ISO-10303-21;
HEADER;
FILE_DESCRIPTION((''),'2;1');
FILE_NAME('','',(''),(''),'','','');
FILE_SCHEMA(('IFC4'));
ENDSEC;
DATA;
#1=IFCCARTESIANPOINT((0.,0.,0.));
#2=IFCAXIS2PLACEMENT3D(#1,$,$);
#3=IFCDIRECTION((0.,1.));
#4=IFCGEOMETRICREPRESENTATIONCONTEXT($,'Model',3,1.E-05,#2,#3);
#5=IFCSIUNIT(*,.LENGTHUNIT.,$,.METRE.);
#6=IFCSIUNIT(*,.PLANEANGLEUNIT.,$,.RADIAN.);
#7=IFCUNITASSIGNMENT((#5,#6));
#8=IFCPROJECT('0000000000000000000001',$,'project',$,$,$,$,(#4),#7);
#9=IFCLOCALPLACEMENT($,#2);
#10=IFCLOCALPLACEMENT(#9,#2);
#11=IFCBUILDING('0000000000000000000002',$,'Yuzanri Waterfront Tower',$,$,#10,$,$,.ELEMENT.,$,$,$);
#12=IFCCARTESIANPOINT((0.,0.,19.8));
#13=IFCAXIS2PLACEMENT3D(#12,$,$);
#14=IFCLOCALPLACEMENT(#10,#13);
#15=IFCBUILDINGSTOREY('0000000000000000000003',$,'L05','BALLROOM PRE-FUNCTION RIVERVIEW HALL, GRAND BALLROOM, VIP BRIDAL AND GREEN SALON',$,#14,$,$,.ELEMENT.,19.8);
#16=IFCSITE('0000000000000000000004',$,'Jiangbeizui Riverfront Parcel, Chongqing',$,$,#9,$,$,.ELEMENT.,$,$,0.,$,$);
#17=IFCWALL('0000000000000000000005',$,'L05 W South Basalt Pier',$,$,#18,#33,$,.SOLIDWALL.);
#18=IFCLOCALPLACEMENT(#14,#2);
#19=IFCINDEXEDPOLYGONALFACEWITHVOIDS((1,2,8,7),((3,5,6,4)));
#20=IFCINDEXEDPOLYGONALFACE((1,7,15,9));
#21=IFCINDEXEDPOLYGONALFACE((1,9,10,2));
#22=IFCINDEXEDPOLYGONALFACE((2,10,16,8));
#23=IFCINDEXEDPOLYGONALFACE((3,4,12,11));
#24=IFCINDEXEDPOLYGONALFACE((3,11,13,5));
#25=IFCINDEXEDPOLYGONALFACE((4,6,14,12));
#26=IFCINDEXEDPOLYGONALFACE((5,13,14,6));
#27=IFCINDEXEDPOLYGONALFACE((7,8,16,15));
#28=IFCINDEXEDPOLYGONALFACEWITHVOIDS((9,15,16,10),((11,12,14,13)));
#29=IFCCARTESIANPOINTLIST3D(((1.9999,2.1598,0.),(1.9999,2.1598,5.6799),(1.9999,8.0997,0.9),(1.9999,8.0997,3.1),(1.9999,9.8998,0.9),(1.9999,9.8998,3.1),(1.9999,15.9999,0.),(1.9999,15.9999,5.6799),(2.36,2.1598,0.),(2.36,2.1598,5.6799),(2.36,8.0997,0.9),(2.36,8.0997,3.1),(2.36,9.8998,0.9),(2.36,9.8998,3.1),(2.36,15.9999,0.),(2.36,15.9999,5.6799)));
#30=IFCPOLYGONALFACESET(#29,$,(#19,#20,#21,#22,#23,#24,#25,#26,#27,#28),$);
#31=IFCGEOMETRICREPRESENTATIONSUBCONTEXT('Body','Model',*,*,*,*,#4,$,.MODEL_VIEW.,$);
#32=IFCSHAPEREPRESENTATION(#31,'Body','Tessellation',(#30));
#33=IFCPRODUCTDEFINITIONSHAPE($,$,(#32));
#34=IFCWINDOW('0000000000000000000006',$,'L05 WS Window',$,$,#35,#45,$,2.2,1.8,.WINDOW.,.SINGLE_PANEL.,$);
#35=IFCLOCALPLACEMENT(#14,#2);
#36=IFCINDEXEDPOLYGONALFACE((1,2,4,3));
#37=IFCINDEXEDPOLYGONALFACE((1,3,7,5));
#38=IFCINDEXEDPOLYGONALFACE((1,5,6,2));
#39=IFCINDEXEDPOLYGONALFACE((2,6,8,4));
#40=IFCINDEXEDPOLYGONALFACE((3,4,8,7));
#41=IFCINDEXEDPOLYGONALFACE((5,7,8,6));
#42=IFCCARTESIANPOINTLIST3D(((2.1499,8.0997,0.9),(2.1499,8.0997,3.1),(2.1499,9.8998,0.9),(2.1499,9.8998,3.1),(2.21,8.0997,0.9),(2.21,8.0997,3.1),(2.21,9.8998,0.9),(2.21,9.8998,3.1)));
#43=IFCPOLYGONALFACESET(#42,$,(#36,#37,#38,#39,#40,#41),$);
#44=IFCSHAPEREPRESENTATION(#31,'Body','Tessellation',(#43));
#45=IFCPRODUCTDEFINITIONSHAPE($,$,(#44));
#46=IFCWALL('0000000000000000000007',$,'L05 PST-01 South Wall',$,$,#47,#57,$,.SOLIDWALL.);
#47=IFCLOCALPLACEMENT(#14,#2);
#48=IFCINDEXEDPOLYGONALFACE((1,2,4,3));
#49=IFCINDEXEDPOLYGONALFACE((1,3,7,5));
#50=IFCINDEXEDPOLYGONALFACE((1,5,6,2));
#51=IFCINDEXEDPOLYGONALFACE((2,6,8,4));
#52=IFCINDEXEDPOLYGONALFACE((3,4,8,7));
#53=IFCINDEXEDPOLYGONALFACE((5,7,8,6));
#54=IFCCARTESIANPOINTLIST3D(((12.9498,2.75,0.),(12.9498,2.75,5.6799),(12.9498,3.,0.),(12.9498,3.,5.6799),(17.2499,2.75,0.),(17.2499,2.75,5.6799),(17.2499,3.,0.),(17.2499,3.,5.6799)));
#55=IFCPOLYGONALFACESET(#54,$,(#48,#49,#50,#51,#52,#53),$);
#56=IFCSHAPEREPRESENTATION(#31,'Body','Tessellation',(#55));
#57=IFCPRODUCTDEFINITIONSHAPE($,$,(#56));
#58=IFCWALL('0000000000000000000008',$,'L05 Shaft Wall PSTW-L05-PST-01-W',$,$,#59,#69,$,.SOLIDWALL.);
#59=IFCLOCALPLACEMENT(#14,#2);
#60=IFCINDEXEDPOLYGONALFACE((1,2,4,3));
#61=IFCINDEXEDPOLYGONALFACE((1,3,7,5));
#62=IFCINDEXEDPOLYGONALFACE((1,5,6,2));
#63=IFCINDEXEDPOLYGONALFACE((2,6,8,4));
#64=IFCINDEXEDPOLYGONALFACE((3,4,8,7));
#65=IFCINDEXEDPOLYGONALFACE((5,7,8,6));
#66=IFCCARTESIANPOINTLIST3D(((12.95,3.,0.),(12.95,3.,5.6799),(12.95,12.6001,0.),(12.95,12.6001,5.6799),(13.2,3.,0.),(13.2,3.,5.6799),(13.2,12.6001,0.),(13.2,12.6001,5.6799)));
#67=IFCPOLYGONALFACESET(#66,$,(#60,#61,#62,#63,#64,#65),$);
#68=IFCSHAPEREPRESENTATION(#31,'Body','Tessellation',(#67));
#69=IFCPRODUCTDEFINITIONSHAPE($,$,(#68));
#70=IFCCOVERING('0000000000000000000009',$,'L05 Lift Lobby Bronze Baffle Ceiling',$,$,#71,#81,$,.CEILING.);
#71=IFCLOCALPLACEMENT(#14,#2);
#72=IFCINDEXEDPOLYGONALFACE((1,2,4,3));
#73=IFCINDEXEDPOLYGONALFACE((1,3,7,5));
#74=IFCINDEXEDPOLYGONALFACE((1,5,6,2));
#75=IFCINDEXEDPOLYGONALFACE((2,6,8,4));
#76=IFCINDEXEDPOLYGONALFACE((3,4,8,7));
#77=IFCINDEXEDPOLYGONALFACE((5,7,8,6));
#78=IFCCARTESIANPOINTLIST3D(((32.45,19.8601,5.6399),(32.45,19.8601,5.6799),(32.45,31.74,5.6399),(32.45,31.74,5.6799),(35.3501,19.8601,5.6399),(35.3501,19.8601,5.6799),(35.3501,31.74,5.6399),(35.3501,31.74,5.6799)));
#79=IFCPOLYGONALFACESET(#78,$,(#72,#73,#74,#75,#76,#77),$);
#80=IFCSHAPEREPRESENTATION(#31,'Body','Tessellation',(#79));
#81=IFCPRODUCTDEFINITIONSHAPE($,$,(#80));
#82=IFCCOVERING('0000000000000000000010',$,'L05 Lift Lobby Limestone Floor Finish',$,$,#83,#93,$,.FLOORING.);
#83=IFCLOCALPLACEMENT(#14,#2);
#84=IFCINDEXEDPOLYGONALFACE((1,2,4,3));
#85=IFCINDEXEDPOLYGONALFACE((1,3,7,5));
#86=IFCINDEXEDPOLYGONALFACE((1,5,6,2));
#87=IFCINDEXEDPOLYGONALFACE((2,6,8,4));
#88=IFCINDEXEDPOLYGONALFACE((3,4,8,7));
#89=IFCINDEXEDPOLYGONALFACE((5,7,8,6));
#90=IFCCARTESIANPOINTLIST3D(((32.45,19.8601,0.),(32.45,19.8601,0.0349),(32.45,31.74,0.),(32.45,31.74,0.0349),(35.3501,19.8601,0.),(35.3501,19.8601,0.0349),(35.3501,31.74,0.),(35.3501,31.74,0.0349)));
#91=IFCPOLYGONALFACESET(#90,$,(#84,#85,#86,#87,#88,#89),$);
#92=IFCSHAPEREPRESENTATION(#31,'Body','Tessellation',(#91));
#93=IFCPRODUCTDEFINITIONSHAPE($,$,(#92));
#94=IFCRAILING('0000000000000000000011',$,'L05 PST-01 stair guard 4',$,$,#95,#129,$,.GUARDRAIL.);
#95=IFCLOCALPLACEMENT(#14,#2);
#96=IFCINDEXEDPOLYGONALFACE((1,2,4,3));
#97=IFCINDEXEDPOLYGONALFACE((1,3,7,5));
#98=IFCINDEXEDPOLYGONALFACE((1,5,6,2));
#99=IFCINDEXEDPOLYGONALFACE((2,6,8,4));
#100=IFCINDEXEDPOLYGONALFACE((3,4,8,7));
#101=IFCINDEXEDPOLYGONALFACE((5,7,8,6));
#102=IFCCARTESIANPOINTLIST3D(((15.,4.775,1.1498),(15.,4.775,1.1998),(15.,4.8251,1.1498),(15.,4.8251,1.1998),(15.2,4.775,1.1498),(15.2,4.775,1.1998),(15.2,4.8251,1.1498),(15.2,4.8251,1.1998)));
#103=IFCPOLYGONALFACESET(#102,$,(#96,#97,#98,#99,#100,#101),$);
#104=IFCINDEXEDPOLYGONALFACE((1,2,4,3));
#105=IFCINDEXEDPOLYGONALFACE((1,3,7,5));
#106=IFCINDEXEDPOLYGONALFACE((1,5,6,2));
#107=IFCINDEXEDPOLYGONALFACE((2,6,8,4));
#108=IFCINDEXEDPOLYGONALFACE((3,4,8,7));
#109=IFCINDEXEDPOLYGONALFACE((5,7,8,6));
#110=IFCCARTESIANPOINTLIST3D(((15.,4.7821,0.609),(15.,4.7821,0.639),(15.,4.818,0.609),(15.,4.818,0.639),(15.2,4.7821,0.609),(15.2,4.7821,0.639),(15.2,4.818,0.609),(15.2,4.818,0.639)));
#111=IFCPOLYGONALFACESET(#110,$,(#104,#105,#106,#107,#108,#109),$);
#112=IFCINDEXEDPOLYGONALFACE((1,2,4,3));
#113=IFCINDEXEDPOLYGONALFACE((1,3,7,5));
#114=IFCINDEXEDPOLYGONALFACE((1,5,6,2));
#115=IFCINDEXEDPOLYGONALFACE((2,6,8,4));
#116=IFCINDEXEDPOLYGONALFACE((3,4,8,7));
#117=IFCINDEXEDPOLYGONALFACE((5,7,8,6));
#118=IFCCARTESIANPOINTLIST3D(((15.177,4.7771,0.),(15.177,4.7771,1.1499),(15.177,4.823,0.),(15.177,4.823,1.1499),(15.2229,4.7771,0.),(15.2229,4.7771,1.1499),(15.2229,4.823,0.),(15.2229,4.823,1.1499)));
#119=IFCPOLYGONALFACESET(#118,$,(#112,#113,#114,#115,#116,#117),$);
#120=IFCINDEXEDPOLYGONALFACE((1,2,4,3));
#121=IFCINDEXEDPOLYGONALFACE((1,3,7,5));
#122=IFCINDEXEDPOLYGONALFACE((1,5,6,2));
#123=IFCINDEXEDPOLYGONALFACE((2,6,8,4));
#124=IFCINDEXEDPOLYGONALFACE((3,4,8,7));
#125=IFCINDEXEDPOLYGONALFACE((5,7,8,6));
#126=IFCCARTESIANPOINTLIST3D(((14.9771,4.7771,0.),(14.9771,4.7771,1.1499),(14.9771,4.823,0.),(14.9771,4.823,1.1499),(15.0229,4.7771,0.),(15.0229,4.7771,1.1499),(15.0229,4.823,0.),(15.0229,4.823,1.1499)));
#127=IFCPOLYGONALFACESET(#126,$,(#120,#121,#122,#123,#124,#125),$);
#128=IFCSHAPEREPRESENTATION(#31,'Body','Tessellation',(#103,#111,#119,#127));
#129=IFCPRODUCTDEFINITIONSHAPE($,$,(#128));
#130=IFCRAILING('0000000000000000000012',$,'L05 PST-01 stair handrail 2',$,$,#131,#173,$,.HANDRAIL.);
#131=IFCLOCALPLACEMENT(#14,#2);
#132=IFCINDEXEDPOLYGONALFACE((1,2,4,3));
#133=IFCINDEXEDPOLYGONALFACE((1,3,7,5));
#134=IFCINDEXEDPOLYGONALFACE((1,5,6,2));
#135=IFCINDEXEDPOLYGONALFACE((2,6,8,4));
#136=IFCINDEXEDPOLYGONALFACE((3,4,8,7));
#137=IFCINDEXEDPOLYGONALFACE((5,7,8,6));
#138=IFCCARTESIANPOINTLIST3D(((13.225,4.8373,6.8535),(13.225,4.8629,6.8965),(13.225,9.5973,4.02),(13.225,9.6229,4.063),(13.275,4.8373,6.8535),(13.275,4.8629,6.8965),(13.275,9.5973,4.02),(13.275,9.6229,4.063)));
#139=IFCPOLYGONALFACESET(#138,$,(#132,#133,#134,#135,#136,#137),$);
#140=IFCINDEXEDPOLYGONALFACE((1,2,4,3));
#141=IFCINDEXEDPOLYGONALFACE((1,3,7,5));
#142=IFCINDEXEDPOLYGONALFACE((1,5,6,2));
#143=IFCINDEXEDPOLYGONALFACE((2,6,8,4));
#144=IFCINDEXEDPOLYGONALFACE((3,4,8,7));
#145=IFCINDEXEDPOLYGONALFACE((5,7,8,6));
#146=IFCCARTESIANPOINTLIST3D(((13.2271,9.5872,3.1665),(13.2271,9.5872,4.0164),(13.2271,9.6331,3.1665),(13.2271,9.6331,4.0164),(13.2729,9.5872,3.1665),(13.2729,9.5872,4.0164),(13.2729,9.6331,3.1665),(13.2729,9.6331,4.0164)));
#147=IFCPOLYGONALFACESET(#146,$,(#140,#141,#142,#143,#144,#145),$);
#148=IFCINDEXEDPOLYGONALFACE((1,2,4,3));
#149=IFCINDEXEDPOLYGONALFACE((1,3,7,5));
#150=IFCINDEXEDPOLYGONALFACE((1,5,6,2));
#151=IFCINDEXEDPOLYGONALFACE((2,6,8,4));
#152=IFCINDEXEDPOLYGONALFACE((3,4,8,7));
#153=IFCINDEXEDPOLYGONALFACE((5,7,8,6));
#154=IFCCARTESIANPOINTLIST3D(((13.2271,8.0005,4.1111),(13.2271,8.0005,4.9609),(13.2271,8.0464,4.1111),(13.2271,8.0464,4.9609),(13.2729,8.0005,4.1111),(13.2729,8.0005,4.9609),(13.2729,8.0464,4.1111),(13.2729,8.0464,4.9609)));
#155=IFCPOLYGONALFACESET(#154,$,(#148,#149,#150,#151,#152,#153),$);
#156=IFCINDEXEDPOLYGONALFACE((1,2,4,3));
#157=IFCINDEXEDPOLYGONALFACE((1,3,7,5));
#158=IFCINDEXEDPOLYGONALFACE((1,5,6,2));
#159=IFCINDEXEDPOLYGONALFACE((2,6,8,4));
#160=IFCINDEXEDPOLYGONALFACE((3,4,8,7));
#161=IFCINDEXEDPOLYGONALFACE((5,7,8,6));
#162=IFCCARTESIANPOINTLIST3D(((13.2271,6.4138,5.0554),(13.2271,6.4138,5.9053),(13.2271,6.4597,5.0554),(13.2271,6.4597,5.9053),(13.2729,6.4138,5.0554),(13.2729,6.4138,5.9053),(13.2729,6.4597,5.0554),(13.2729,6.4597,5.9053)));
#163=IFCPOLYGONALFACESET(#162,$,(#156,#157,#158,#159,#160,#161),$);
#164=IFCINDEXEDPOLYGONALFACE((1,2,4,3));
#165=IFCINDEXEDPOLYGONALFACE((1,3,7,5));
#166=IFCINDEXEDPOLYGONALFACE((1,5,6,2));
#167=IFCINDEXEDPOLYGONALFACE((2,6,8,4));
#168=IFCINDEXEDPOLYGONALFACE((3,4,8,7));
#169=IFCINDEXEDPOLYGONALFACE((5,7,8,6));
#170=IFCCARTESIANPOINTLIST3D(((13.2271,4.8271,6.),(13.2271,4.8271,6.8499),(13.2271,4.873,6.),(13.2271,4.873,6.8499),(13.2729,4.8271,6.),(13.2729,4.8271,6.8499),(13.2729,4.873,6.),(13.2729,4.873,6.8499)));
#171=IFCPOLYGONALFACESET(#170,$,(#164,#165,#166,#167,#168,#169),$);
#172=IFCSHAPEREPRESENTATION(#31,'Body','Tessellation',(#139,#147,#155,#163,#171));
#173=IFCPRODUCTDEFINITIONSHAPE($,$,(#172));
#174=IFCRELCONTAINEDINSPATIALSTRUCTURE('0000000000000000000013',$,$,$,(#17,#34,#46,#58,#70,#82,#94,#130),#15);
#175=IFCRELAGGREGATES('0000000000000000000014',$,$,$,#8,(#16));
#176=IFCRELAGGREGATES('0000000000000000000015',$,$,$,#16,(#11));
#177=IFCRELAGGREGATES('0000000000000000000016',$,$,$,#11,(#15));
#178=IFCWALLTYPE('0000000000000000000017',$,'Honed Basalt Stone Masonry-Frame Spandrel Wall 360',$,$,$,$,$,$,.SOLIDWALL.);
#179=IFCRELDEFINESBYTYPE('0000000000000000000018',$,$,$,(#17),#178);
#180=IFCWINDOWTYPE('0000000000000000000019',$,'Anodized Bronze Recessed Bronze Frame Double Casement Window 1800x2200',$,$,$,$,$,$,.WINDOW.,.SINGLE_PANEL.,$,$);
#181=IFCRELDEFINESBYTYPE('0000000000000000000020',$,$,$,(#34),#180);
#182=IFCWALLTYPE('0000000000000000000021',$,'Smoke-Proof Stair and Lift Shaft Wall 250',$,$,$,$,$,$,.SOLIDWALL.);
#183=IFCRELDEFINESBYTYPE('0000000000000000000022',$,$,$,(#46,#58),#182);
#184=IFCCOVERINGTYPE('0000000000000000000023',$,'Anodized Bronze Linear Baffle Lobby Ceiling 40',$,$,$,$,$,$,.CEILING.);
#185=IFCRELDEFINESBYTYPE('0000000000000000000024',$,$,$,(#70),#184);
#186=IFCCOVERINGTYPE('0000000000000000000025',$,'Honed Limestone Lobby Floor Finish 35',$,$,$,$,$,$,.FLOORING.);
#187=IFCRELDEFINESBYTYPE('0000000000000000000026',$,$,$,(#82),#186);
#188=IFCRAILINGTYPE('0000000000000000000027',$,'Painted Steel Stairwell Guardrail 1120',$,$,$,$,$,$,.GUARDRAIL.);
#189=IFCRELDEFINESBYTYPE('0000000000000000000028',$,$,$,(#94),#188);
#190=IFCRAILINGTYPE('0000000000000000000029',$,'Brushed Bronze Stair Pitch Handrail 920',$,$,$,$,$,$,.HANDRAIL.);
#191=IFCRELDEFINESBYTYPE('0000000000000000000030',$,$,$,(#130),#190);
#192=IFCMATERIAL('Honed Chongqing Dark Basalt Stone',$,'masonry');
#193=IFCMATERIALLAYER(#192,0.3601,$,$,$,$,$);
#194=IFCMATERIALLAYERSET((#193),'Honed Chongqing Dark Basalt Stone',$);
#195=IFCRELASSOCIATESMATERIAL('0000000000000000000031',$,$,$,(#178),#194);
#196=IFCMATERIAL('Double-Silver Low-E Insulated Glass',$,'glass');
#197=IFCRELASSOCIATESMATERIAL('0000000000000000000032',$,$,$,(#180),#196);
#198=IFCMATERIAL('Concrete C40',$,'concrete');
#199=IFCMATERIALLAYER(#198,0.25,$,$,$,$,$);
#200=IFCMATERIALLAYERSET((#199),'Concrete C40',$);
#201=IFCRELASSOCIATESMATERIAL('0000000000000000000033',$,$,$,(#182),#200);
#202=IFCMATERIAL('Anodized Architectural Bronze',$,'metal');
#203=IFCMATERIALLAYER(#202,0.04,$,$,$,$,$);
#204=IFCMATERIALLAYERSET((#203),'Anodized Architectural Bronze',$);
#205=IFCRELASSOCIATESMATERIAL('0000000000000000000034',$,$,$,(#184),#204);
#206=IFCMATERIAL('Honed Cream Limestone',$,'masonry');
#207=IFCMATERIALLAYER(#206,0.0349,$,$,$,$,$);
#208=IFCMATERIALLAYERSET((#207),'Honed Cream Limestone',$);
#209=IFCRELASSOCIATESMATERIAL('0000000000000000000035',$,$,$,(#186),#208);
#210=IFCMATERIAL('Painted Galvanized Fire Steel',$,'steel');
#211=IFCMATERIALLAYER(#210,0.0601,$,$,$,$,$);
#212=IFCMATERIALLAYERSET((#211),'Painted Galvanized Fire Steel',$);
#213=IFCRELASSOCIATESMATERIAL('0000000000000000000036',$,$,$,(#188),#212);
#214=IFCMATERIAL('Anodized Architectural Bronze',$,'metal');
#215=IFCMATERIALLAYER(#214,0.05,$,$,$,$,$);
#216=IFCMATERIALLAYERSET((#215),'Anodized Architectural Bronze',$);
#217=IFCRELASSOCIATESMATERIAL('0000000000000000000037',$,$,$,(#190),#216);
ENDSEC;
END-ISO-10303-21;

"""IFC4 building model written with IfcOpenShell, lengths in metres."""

from ifc_helpers import new_model, si_unit, direction, frame, frame_2d, origin, origin_2d, place, context, subcontext, project, spatial, polyline, rectangle, outline, extrude, source, transform, mapped, material, layer, layer_set, type_object, element, fill, save


model = new_model("IFC4")

# Units and contexts
model_context = context("Model", 3, precision=1e-05, world=origin(), true_north=direction((0.0, 1.0)))
body_context = subcontext(model_context, "Body", "Model", "MODEL_VIEW")
ifc_project = project(units=[si_unit("LENGTHUNIT", "METRE"), si_unit("PLANEANGLEUNIT", "RADIAN")], contexts=[model_context])

# Site, building, storey
site_placement = place(None, origin())
site = spatial("IfcSite", under=ifc_project, at=site_placement, Name="Jiangbeizui Riverfront Parcel, Chongqing", CompositionType="ELEMENT", RefElevation=0.0)
building_placement = place(site_placement, origin())
building = spatial("IfcBuilding", under=site, at=building_placement, Name="Yuzanri Waterfront Tower", CompositionType="ELEMENT")
storey_placement = place(building_placement, frame((0.0, 0.0, 19.8)))
storey = spatial("IfcBuildingStorey", under=building, at=storey_placement, Name="L05", Description="BALLROOM PRE-FUNCTION RIVERVIEW HALL, GRAND BALLROOM, VIP BRIDAL AND GREEN SALON", CompositionType="ELEMENT", Elevation=19.8)

# Wall, opening, window
ifc_material_1 = material(Name="Honed Chongqing Dark Basalt Stone", Category="masonry")
ifc_layer_1 = layer(ifc_material_1, 0.3601)
ifc_layer_set_1 = layer_set([ifc_layer_1], Name="Honed Chongqing Dark Basalt Stone")
wall_type_1 = type_object("IfcWallType", Name="Honed Basalt Stone Masonry-Frame Spandrel Wall 360", PredefinedType="SOLIDWALL", material=ifc_layer_set_1)
wall_1_placement = place(storey_placement, frame((2.1799, 2.1599, 0.0), z_axis=(0.0, 0.0, 1.0), x_axis=(0.0, 1.0, 0.0)))
wall_1 = element("IfcWall", 1, at=wall_1_placement, inside=storey, type_object=wall_type_1, Name="L05 W South Basalt Pier", PredefinedType="SOLIDWALL", context=body_context, shape_type="SweptSolid", body=[
    extrude(rectangle(XDim=13.8401, YDim=0.3601, at=frame_2d((6.9199, 0.0))), origin(), (0.0, 0.0, 1.0), 5.6799),
])
opening_1_placement = place(wall_1_placement, frame((5.9399, 0.0, 0.8999)))
opening_1 = element("IfcOpeningElement", 2, at=opening_1_placement, cuts=wall_1, PredefinedType="OPENING", context=body_context, shape_type="SweptSolid", body=[
    extrude(rectangle(XDim=1.8, YDim=2.2, at=frame_2d((0.8999, 1.1001))), frame((0.0, 0.1948, 0.0), z_axis=(0.0, -1.0, 0.0), x_axis=(1.0, 0.0, 0.0)), (0.0, 0.0, 1.0), 0.3899),
])
ifc_material_2 = material(Name="Double-Silver Low-E Insulated Glass", Category="glass")
window_type_1 = type_object("IfcWindowType", Name="Anodized Bronze Recessed Bronze Frame Double Casement Window 1800x2200", PartitioningType="SINGLE_PANEL", PredefinedType="WINDOW", material=ifc_material_2)
shared_shape_1 = source(origin(), body_context, "Body", "SweptSolid", [
    extrude(rectangle(XDim=1.8, YDim=2.2, at=frame_2d((0.8999, 1.1001))), frame((0.0, 0.03, 0.0), z_axis=(0.0, -1.0, 0.0), x_axis=(1.0, 0.0, 0.0)), (0.0, 0.0, 1.0), 0.0601),
])
window_1_placement = place(opening_1_placement, origin())
window_1 = element("IfcWindow", 3, at=window_1_placement, inside=storey, type_object=window_type_1, Name="L05 WS Window", OverallHeight=2.2, OverallWidth=1.8, PartitioningType="SINGLE_PANEL", PredefinedType="WINDOW", context=body_context, shape_type="MappedRepresentation", body=[
    mapped(shared_shape_1, transform((0.0, 0.0, 0.0), scale=1.0)),
])
fill(opening_1, window_1)

# Walls
ifc_material_3 = material(Name="Concrete C40", Category="concrete")
ifc_layer_2 = layer(ifc_material_3, 0.25)
ifc_layer_set_2 = layer_set([ifc_layer_2], Name="Concrete C40")
wall_type_2 = type_object("IfcWallType", Name="Smoke-Proof Stair and Lift Shaft Wall 250", PredefinedType="SOLIDWALL", material=ifc_layer_set_2)
shared_shape_2 = source(origin(), body_context, "Body", "SweptSolid", [
    extrude(rectangle(XDim=4.3, YDim=0.25, at=frame_2d((2.1499, 0.0))), origin(), (0.0, 0.0, 1.0), 5.6799),
])
wall_2_placement = place(storey_placement, frame((12.95, 2.875, 0.0), z_axis=(0.0, 0.0, 1.0), x_axis=(1.0, 0.0, 0.0)))
element("IfcWall", 4, at=wall_2_placement, inside=storey, type_object=wall_type_2, Name="L05 PST-01 South Wall", PredefinedType="SOLIDWALL", context=body_context, shape_type="MappedRepresentation", body=[
    mapped(shared_shape_2, transform((0.0, 0.0, 0.0), scale=1.0)),
])
shared_shape_3 = source(origin(), body_context, "Body", "SweptSolid", [
    extrude(rectangle(XDim=9.6001, YDim=0.25, at=frame_2d((4.8, 0.0))), origin(), (0.0, 0.0, 1.0), 5.6799),
])
wall_3_placement = place(storey_placement, frame((13.075, 3.0, 0.0), z_axis=(0.0, 0.0, 1.0), x_axis=(0.0, 1.0, 0.0)))
element("IfcWall", 5, at=wall_3_placement, inside=storey, type_object=wall_type_2, Name="L05 Shaft Wall PSTW-L05-PST-01-W", PredefinedType="SOLIDWALL", context=body_context, shape_type="MappedRepresentation", body=[
    mapped(shared_shape_3, transform((0.0, 0.0, 0.0), scale=1.0)),
])

# Coverings
ifc_material_4 = material(Name="Anodized Architectural Bronze", Category="metal")
ifc_layer_3 = layer(ifc_material_4, 0.04)
ifc_layer_set_3 = layer_set([ifc_layer_3], Name="Anodized Architectural Bronze")
covering_type_1 = type_object("IfcCoveringType", Name="Anodized Bronze Linear Baffle Lobby Ceiling 40", PredefinedType="CEILING", material=ifc_layer_set_3)
covering_1_placement = place(storey_placement, frame((0.0, 0.0, 5.6399)))
element("IfcCovering", 6, at=covering_1_placement, inside=storey, type_object=covering_type_1, Name="L05 Lift Lobby Bronze Baffle Ceiling", PredefinedType="CEILING", context=body_context, shape_type="SweptSolid", body=[
    extrude(outline(polyline([(32.45, 19.8601), (35.3501, 19.8601), (35.3501, 31.74), (32.45, 31.74), (32.45, 19.8601)])), origin(), (0.0, 0.0, 1.0), 0.04),
])
ifc_material_5 = material(Name="Honed Cream Limestone", Category="masonry")
ifc_layer_4 = layer(ifc_material_5, 0.0349)
ifc_layer_set_4 = layer_set([ifc_layer_4], Name="Honed Cream Limestone")
covering_type_2 = type_object("IfcCoveringType", Name="Honed Limestone Lobby Floor Finish 35", PredefinedType="FLOORING", material=ifc_layer_set_4)
covering_2_placement = place(storey_placement, origin())
element("IfcCovering", 7, at=covering_2_placement, inside=storey, type_object=covering_type_2, Name="L05 Lift Lobby Limestone Floor Finish", PredefinedType="FLOORING", context=body_context, shape_type="SweptSolid", body=[
    extrude(outline(polyline([(32.45, 19.8601), (35.3501, 19.8601), (35.3501, 31.74), (32.45, 31.74), (32.45, 19.8601)])), origin(), (0.0, 0.0, 1.0), 0.0349),
])

# Railings
ifc_material_6 = material(Name="Painted Galvanized Fire Steel", Category="steel")
ifc_layer_5 = layer(ifc_material_6, 0.0601)
ifc_layer_set_5 = layer_set([ifc_layer_5], Name="Painted Galvanized Fire Steel")
railing_type_1 = type_object("IfcRailingType", Name="Painted Steel Stairwell Guardrail 1120", PredefinedType="GUARDRAIL", material=ifc_layer_set_5)
shared_shape_4 = source(origin(), body_context, "Body", "SweptSolid", [
    extrude(rectangle(XDim=0.05, YDim=0.05, at=origin_2d()), frame((0.0, 0.0, 1.1748), z_axis=(-1.0, 0.0, 0.0), x_axis=(0.0, -1.0, 0.0)), (0.0, 0.0, 1.0), 0.2),
    extrude(rectangle(XDim=0.0359, YDim=0.03, at=origin_2d()), frame((0.0, 0.0, 0.624), z_axis=(-1.0, 0.0, 0.0), x_axis=(0.0, -1.0, 0.0)), (0.0, 0.0, 1.0), 0.2),
    extrude(rectangle(XDim=0.0459, YDim=0.0459, at=origin_2d()), origin(), (0.0, 0.0, 1.0), 1.1499),
    extrude(rectangle(XDim=0.0459, YDim=0.0459, at=origin_2d()), frame((-0.2, 0.0, 0.0)), (0.0, 0.0, 1.0), 1.1499),
])
railing_1_placement = place(storey_placement, frame((15.2, 4.8, 0.0)))
element("IfcRailing", 8, at=railing_1_placement, inside=storey, type_object=railing_type_1, Name="L05 PST-01 stair guard 4", PredefinedType="GUARDRAIL", context=body_context, shape_type="MappedRepresentation", body=[
    mapped(shared_shape_4, transform((0.0, 0.0, 0.0), scale=1.0)),
])
ifc_material_7 = material(Name="Anodized Architectural Bronze", Category="metal")
ifc_layer_6 = layer(ifc_material_7, 0.05)
ifc_layer_set_6 = layer_set([ifc_layer_6], Name="Anodized Architectural Bronze")
railing_type_2 = type_object("IfcRailingType", Name="Brushed Bronze Stair Pitch Handrail 920", PredefinedType="HANDRAIL", material=ifc_layer_set_6)
shared_shape_5 = source(origin(), body_context, "Body", "SweptSolid", [
    extrude(rectangle(XDim=0.05, YDim=0.05, at=origin_2d()), frame((0.0, 0.0, 0.875), z_axis=(0.0, -0.85928, 0.511505), x_axis=(1.0, 0.0, 0.0)), (0.0, 0.0, 1.0), 5.5396),
    extrude(rectangle(XDim=0.0459, YDim=0.0459, at=origin_2d()), origin(), (0.0, 0.0, 1.0), 0.8499),
    extrude(rectangle(XDim=0.0459, YDim=0.0459, at=origin_2d()), frame((0.0, -1.5867, 0.9446)), (0.0, 0.0, 1.0), 0.8499),
    extrude(rectangle(XDim=0.0459, YDim=0.0459, at=origin_2d()), frame((0.0, -3.1733, 1.8889)), (0.0, 0.0, 1.0), 0.8499),
    extrude(rectangle(XDim=0.0459, YDim=0.0459, at=origin_2d()), frame((0.0, -4.76, 2.8335)), (0.0, 0.0, 1.0), 0.8499),
])
railing_2_placement = place(storey_placement, frame((13.25, 9.6101, 3.1665)))
element("IfcRailing", 9, at=railing_2_placement, inside=storey, type_object=railing_type_2, Name="L05 PST-01 stair handrail 2", PredefinedType="HANDRAIL", context=body_context, shape_type="MappedRepresentation", body=[
    mapped(shared_shape_5, transform((0.0, 0.0, 0.0), scale=1.0)),
])

save(model, "model.ifc")
